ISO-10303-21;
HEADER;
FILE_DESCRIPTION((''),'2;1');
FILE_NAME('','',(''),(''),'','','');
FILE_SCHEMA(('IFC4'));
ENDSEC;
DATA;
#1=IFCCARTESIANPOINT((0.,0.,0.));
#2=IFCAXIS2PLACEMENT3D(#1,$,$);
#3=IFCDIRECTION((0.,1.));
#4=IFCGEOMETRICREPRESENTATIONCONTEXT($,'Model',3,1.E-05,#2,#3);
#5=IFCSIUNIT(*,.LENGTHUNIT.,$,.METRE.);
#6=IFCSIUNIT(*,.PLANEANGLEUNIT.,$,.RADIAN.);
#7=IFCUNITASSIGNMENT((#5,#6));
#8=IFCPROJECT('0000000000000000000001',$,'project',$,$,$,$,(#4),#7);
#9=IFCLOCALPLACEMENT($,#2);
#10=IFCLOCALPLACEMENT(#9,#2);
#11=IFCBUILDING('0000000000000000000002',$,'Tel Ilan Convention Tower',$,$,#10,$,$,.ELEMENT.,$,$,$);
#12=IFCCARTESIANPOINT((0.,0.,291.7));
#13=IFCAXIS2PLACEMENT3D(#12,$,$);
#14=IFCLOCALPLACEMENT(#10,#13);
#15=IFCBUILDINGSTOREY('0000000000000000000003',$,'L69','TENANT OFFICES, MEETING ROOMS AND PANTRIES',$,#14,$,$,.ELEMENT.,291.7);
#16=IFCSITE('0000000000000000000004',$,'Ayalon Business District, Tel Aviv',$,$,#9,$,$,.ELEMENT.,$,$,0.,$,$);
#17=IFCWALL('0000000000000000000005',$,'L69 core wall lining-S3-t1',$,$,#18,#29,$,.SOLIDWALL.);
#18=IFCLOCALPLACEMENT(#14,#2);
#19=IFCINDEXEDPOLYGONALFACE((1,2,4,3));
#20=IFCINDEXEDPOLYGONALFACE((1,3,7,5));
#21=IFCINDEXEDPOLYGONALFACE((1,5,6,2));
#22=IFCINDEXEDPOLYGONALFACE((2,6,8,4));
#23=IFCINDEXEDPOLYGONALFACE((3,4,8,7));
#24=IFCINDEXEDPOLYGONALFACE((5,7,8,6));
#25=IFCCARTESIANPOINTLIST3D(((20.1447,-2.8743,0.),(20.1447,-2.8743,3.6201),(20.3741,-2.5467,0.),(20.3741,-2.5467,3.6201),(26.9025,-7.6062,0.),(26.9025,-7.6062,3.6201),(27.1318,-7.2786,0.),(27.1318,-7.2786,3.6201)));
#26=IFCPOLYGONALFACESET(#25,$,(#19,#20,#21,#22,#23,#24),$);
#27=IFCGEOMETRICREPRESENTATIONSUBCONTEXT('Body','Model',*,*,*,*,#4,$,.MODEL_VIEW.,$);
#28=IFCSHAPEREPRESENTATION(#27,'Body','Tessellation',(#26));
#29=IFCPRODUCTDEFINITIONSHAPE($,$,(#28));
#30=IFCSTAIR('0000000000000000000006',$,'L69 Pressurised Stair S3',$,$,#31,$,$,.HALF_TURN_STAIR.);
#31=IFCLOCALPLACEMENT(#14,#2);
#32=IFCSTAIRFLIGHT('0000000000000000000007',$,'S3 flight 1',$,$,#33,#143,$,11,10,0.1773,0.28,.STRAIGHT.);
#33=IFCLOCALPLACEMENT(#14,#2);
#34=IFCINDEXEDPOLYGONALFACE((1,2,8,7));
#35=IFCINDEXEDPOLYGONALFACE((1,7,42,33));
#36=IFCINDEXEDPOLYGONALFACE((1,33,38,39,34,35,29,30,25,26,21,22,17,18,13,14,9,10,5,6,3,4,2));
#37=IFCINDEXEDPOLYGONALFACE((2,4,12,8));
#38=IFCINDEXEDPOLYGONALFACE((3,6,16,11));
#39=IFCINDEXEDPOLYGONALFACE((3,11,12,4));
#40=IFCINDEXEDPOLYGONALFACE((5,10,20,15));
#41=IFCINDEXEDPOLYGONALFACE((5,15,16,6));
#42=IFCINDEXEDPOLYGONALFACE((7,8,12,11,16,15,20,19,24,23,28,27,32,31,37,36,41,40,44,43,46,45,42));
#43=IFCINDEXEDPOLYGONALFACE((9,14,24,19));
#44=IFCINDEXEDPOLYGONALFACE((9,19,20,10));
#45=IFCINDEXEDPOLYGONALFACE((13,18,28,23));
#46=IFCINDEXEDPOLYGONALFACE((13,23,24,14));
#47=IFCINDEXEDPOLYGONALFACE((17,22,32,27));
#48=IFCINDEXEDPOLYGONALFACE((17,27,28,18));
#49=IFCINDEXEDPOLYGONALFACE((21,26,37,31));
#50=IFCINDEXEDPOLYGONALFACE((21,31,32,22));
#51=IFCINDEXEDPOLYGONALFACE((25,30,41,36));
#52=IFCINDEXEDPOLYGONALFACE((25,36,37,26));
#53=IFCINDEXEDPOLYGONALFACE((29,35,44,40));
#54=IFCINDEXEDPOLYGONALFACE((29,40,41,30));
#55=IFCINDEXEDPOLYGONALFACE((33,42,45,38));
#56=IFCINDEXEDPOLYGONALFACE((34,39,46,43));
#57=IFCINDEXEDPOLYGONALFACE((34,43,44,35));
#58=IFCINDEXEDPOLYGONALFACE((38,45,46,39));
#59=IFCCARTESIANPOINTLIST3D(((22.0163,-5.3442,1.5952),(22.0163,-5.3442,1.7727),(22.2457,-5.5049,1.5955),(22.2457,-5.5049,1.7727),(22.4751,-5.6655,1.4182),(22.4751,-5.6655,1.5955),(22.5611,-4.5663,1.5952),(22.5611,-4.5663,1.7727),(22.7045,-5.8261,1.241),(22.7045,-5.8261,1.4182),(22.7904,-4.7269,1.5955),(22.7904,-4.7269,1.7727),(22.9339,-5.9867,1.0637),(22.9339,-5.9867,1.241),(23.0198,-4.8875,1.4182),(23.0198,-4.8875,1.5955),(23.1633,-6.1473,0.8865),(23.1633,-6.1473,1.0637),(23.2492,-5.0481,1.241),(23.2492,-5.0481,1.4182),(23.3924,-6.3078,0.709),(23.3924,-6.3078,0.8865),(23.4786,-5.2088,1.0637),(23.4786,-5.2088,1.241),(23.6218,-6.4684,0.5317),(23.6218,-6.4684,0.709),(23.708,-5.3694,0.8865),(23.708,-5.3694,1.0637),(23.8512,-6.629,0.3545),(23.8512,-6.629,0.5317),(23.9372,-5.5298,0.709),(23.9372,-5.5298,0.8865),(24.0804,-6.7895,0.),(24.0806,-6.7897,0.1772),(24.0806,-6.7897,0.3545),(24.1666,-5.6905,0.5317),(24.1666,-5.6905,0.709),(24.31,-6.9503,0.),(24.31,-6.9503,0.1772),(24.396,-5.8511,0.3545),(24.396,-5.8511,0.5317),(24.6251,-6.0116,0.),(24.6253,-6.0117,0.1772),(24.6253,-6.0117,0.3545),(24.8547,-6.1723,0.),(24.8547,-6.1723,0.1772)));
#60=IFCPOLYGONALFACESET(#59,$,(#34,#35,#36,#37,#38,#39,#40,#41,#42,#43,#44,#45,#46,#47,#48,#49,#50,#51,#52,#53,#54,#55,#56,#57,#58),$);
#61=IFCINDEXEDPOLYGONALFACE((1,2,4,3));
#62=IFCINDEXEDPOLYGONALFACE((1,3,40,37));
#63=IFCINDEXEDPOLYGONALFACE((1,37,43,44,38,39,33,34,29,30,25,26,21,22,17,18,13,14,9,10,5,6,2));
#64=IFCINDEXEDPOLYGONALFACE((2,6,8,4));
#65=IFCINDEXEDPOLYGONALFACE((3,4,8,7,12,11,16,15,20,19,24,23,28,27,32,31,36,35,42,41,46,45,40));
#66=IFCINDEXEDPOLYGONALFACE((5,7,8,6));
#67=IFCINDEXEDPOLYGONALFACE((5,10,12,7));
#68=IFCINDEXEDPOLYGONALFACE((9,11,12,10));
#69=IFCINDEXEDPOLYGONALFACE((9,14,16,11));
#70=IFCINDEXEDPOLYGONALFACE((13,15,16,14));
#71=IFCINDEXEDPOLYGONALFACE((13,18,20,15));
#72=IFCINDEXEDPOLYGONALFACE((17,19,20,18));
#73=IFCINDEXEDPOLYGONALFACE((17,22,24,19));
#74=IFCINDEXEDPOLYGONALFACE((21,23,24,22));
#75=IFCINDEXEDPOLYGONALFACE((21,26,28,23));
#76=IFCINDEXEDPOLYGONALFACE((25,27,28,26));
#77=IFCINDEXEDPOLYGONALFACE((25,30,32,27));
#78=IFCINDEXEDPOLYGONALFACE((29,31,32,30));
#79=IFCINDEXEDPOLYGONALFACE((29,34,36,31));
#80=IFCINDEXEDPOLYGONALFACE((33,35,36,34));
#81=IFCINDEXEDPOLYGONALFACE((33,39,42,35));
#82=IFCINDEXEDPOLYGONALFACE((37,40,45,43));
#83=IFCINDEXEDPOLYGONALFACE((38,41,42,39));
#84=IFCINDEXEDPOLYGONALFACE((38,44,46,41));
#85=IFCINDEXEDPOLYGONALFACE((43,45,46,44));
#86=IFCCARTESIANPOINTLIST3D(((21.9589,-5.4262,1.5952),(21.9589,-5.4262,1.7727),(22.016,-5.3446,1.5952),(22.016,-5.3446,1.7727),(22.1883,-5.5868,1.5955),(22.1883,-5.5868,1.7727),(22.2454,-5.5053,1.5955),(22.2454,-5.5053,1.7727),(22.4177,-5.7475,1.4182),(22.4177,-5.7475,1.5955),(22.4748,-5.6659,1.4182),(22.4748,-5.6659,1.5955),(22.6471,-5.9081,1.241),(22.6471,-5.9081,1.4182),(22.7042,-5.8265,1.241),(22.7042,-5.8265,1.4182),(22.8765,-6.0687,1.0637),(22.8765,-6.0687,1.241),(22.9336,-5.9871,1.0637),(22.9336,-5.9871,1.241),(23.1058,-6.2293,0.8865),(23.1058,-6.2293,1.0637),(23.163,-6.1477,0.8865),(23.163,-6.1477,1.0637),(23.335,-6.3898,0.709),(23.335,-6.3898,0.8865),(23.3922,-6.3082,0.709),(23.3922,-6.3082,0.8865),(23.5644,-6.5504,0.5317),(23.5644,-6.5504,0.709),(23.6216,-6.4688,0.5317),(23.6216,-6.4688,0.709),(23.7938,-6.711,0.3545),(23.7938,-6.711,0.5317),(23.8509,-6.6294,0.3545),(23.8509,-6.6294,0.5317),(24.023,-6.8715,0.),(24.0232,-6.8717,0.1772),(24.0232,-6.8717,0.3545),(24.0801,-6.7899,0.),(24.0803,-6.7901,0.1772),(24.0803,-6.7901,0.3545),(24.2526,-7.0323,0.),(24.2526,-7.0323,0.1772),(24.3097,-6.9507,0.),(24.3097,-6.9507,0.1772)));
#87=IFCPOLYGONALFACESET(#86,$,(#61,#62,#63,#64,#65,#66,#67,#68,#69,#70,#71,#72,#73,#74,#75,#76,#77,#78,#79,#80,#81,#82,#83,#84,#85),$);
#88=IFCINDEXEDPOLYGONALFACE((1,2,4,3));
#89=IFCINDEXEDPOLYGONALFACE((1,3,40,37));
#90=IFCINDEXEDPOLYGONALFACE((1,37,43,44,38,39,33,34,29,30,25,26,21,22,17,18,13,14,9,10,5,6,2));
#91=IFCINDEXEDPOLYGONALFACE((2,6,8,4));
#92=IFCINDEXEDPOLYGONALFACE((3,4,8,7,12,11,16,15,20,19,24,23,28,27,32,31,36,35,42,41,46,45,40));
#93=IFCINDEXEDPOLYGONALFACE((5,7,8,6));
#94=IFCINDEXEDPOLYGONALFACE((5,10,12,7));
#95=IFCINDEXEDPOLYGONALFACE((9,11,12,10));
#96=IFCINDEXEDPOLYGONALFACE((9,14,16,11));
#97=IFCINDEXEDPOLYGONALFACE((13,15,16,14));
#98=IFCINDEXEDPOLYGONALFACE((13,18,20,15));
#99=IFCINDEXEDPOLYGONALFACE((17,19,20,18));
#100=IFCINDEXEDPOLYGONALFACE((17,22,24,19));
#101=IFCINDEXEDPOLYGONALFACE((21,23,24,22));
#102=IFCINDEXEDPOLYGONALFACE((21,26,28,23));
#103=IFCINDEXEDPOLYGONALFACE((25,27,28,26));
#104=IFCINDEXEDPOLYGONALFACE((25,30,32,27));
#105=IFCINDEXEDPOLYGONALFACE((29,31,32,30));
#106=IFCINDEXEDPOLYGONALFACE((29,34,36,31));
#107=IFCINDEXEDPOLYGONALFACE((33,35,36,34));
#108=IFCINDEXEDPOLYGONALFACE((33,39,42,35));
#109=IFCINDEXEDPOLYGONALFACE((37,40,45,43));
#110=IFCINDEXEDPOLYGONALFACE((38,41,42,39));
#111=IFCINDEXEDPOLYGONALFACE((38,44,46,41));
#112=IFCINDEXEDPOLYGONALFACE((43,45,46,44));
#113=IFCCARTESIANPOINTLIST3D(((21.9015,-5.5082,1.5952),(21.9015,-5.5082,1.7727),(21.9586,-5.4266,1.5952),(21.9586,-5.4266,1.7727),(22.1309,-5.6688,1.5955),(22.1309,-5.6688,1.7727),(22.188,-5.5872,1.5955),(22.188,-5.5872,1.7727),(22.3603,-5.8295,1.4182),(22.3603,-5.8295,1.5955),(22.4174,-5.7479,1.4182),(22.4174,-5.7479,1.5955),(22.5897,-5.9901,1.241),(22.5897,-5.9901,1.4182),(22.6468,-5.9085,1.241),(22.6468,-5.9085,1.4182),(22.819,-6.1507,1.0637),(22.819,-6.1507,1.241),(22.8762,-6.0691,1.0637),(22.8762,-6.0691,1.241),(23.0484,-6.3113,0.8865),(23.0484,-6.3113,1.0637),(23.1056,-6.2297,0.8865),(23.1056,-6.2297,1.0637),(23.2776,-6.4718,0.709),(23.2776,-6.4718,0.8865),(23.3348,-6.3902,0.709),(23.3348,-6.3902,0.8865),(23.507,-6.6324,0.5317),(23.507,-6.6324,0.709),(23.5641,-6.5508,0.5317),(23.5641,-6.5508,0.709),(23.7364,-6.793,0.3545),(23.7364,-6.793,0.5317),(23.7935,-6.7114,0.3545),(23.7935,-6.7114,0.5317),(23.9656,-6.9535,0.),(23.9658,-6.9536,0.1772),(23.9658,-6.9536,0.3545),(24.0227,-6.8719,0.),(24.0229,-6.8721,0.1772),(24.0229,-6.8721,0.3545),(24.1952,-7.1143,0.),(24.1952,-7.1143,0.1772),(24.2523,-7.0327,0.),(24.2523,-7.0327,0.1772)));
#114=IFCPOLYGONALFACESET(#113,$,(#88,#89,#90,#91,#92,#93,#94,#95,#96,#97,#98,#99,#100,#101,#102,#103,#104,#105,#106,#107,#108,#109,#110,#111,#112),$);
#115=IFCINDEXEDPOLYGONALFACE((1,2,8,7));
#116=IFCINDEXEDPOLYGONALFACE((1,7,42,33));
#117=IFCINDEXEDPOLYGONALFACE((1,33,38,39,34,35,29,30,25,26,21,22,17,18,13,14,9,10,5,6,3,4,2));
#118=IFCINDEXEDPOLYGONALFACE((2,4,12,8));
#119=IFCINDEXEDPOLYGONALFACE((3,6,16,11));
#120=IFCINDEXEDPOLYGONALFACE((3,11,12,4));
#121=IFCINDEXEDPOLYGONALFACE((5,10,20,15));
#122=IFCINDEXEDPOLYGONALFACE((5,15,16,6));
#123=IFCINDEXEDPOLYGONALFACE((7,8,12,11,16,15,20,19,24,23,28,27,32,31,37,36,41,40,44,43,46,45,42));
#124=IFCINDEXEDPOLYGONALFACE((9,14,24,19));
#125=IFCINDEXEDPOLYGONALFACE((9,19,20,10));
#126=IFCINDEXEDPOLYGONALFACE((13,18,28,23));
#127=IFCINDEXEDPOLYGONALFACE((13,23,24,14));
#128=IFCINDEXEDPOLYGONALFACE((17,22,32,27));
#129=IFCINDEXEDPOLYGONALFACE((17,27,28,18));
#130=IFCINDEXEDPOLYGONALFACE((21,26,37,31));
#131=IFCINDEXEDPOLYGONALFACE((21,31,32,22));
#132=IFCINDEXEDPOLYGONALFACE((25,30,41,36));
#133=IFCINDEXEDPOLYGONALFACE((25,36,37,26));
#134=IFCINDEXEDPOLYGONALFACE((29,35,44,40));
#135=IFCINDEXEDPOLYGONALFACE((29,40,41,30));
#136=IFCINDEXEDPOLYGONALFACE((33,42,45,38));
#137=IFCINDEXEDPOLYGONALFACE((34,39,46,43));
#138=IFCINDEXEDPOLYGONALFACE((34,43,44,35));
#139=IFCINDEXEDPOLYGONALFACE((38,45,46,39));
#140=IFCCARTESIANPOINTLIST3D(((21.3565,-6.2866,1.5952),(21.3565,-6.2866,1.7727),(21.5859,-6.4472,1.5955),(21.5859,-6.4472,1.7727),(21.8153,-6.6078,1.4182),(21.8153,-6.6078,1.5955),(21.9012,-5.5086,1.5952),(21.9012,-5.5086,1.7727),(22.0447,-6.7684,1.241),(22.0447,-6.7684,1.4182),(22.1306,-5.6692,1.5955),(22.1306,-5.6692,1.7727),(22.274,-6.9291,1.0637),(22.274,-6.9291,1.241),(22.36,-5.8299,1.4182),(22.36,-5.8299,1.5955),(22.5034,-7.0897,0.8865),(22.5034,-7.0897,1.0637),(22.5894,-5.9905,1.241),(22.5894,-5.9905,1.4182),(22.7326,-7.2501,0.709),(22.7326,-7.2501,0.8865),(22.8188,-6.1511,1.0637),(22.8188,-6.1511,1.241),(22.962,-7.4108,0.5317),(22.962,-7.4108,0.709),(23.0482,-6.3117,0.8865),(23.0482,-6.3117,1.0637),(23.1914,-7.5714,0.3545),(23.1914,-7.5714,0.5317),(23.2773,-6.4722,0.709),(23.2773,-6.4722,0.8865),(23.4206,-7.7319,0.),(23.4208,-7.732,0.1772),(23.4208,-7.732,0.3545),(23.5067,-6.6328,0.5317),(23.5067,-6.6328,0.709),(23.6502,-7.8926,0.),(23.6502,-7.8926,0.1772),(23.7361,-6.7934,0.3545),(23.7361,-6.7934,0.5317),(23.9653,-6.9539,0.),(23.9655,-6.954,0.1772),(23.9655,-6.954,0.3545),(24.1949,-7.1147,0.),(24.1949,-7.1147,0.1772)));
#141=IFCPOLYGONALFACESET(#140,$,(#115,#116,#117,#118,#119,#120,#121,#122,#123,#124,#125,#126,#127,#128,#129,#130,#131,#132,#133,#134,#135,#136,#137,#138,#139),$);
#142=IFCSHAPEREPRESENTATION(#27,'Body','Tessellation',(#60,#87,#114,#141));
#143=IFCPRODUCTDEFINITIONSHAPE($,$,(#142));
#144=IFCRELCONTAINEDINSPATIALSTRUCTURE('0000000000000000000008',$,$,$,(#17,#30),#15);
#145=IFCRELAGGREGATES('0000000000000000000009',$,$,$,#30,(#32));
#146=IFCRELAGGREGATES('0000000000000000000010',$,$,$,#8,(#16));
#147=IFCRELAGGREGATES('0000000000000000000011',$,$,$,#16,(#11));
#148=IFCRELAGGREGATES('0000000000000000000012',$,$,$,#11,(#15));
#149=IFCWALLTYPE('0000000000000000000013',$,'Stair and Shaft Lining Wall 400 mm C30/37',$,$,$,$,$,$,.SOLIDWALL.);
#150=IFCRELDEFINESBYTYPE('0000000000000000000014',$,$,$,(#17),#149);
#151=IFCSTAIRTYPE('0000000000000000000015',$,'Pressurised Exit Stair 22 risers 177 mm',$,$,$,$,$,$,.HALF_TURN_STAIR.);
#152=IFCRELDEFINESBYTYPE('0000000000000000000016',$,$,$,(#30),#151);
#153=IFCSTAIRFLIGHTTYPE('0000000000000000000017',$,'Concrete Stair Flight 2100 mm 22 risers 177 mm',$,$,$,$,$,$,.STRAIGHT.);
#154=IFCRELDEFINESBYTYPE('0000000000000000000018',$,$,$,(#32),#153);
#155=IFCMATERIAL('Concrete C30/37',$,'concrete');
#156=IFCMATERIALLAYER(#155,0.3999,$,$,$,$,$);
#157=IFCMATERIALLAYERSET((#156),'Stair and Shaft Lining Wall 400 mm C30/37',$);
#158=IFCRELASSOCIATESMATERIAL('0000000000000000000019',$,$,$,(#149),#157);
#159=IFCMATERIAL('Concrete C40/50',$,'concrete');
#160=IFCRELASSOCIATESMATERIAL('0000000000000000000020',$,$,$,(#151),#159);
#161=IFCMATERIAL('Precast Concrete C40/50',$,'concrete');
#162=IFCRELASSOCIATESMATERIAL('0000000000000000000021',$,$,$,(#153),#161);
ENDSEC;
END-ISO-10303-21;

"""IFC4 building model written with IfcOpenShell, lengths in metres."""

from ifc_helpers import new_model, si_unit, direction, frame, frame_2d, origin, place, context, subcontext, project, spatial, polyline, rectangle, outline, extrude, material, layer, layer_set, type_object, element, aggregate, save


model = new_model("IFC4")

# Units and contexts
model_context = context("Model", 3, precision=1e-05, world=origin(), true_north=direction((0.0, 1.0)))
body_context = subcontext(model_context, "Body", "Model", "MODEL_VIEW")
ifc_project = project(units=[si_unit("LENGTHUNIT", "METRE"), si_unit("PLANEANGLEUNIT", "RADIAN")], contexts=[model_context])

# Site, building, storey
site_placement = place(None, origin())
site = spatial("IfcSite", under=ifc_project, at=site_placement, Name="Ayalon Business District, Tel Aviv", CompositionType="ELEMENT", RefElevation=0.0)
building_placement = place(site_placement, origin())
building = spatial("IfcBuilding", under=site, at=building_placement, Name="Tel Ilan Convention Tower", CompositionType="ELEMENT")
storey_placement = place(building_placement, frame((0.0, 0.0, 291.7)))
storey = spatial("IfcBuildingStorey", under=building, at=storey_placement, Name="L69", Description="TENANT OFFICES, MEETING ROOMS AND PANTRIES", CompositionType="ELEMENT", Elevation=291.7)

# Wall
ifc_material_1 = material(Name="Concrete C30/37", Category="concrete")
ifc_layer_1 = layer(ifc_material_1, 0.3999)
ifc_layer_set_1 = layer_set([ifc_layer_1], Name="Stair and Shaft Lining Wall 400 mm C30/37")
wall_type_1 = type_object("IfcWallType", Name="Stair and Shaft Lining Wall 400 mm C30/37", PredefinedType="SOLIDWALL", material=ifc_layer_set_1)
wall_1_placement = place(storey_placement, frame((20.2593, -2.7104, 0.0), z_axis=(0.0, 0.0, 1.0), x_axis=(0.819148, -0.573582, 0.0)))
element("IfcWall", 1, at=wall_1_placement, inside=storey, type_object=wall_type_1, Name="L69 core wall lining-S3-t1", PredefinedType="SOLIDWALL", context=body_context, shape_type="SweptSolid", body=[
    extrude(rectangle(XDim=8.2498, YDim=0.3999, at=frame_2d((4.125, 0.0))), origin(), (0.0, 0.0, 1.0), 3.6201),
])

# Stair, stair flight
ifc_material_2 = material(Name="Concrete C40/50", Category="concrete")
stair_type = type_object("IfcStairType", Name="Pressurised Exit Stair 22 risers 177 mm", PredefinedType="HALF_TURN_STAIR", material=ifc_material_2)
stair_placement = place(storey_placement, origin())
stair = element("IfcStair", 2, at=stair_placement, inside=storey, type_object=stair_type, Name="L69 Pressurised Stair S3", PredefinedType="HALF_TURN_STAIR")
ifc_material_3 = material(Name="Precast Concrete C40/50", Category="concrete")
stair_flight_type = type_object("IfcStairFlightType", Name="Concrete Stair Flight 2100 mm 22 risers 177 mm", PredefinedType="STRAIGHT", material=ifc_material_3)
stair_flight_1_placement = place(storey_placement, frame((24.2524, -7.0325, 0.0), z_axis=(0.0, 0.0, 1.0), x_axis=(-0.819152, 0.573576, 0.0)))
stair_flight_1 = element("IfcStairFlight", 3, at=stair_flight_1_placement, type_object=stair_flight_type, Name="S3 flight 1", NumberOfRisers=11, NumberOfTreads=10, PredefinedType="STRAIGHT", RiserHeight=0.1773, TreadLength=0.28, context=body_context, shape_type="SweptSolid", body=[
    extrude(outline(polyline([(0.0, 0.0), (0.0, 0.1772), (0.28, 0.1772), (0.28, 0.3545), (0.5601, 0.3545), (0.5601, 0.5317), (0.8401, 0.5317), (0.8401, 0.709), (1.1201, 0.709), (1.1201, 0.8865), (1.3999, 0.8865), (1.3999, 1.0637), (1.6799, 1.0637), (1.6799, 1.241), (1.96, 1.241), (1.96, 1.4182), (2.24, 1.4182), (2.24, 1.5955), (2.52, 1.5955), (2.52, 1.7727), (2.8, 1.7727), (2.8, 1.95), (2.8, 1.5952), (0.2803, 0.0), (0.0, 0.0)])), frame((0.0, -0.1003, 0.0), z_axis=(0.0, -1.0, 0.0), x_axis=(1.0, 0.0, 0.0)), (0.0, 0.0, 1.0), 0.9497),
    extrude(outline(polyline([(0.0, 0.0), (0.0, 0.1772), (0.28, 0.1772), (0.28, 0.3545), (0.5601, 0.3545), (0.5601, 0.5317), (0.8401, 0.5317), (0.8401, 0.709), (1.1201, 0.709), (1.1201, 0.8865), (1.3999, 0.8865), (1.3999, 1.0637), (1.6799, 1.0637), (1.6799, 1.241), (1.96, 1.241), (1.96, 1.4182), (2.24, 1.4182), (2.24, 1.5955), (2.52, 1.5955), (2.52, 1.7727), (2.8, 1.7727), (2.8, 1.95), (2.8, 1.5952), (0.2803, 0.0), (0.0, 0.0)])), frame((0.0, -0.0002, 0.0), z_axis=(0.0, -1.0, 0.0), x_axis=(1.0, 0.0, 0.0)), (0.0, 0.0, 1.0), 0.0996),
    extrude(outline(polyline([(0.0, 0.0), (0.0, 0.1772), (0.28, 0.1772), (0.28, 0.3545), (0.5601, 0.3545), (0.5601, 0.5317), (0.8401, 0.5317), (0.8401, 0.709), (1.1201, 0.709), (1.1201, 0.8865), (1.3999, 0.8865), (1.3999, 1.0637), (1.6799, 1.0637), (1.6799, 1.241), (1.96, 1.241), (1.96, 1.4182), (2.24, 1.4182), (2.24, 1.5955), (2.52, 1.5955), (2.52, 1.7727), (2.8, 1.7727), (2.8, 1.95), (2.8, 1.5952), (0.2803, 0.0), (0.0, 0.0)])), frame((0.0, 0.0999, 0.0), z_axis=(0.0, -1.0, 0.0), x_axis=(1.0, 0.0, 0.0)), (0.0, 0.0, 1.0), 0.0996),
    extrude(outline(polyline([(0.0, 0.0), (0.0, 0.1772), (0.28, 0.1772), (0.28, 0.3545), (0.5601, 0.3545), (0.5601, 0.5317), (0.8401, 0.5317), (0.8401, 0.709), (1.1201, 0.709), (1.1201, 0.8865), (1.3999, 0.8865), (1.3999, 1.0637), (1.6799, 1.0637), (1.6799, 1.241), (1.96, 1.241), (1.96, 1.4182), (2.24, 1.4182), (2.24, 1.5955), (2.52, 1.5955), (2.52, 1.7727), (2.8, 1.7727), (2.8, 1.95), (2.8, 1.5952), (0.2803, 0.0), (0.0, 0.0)])), frame((0.0, 1.05, 0.0), z_axis=(0.0, -1.0, 0.0), x_axis=(1.0, 0.0, 0.0)), (0.0, 0.0, 1.0), 0.9497),
])
aggregate(stair, [stair_flight_1])

save(model, "model.ifc")
